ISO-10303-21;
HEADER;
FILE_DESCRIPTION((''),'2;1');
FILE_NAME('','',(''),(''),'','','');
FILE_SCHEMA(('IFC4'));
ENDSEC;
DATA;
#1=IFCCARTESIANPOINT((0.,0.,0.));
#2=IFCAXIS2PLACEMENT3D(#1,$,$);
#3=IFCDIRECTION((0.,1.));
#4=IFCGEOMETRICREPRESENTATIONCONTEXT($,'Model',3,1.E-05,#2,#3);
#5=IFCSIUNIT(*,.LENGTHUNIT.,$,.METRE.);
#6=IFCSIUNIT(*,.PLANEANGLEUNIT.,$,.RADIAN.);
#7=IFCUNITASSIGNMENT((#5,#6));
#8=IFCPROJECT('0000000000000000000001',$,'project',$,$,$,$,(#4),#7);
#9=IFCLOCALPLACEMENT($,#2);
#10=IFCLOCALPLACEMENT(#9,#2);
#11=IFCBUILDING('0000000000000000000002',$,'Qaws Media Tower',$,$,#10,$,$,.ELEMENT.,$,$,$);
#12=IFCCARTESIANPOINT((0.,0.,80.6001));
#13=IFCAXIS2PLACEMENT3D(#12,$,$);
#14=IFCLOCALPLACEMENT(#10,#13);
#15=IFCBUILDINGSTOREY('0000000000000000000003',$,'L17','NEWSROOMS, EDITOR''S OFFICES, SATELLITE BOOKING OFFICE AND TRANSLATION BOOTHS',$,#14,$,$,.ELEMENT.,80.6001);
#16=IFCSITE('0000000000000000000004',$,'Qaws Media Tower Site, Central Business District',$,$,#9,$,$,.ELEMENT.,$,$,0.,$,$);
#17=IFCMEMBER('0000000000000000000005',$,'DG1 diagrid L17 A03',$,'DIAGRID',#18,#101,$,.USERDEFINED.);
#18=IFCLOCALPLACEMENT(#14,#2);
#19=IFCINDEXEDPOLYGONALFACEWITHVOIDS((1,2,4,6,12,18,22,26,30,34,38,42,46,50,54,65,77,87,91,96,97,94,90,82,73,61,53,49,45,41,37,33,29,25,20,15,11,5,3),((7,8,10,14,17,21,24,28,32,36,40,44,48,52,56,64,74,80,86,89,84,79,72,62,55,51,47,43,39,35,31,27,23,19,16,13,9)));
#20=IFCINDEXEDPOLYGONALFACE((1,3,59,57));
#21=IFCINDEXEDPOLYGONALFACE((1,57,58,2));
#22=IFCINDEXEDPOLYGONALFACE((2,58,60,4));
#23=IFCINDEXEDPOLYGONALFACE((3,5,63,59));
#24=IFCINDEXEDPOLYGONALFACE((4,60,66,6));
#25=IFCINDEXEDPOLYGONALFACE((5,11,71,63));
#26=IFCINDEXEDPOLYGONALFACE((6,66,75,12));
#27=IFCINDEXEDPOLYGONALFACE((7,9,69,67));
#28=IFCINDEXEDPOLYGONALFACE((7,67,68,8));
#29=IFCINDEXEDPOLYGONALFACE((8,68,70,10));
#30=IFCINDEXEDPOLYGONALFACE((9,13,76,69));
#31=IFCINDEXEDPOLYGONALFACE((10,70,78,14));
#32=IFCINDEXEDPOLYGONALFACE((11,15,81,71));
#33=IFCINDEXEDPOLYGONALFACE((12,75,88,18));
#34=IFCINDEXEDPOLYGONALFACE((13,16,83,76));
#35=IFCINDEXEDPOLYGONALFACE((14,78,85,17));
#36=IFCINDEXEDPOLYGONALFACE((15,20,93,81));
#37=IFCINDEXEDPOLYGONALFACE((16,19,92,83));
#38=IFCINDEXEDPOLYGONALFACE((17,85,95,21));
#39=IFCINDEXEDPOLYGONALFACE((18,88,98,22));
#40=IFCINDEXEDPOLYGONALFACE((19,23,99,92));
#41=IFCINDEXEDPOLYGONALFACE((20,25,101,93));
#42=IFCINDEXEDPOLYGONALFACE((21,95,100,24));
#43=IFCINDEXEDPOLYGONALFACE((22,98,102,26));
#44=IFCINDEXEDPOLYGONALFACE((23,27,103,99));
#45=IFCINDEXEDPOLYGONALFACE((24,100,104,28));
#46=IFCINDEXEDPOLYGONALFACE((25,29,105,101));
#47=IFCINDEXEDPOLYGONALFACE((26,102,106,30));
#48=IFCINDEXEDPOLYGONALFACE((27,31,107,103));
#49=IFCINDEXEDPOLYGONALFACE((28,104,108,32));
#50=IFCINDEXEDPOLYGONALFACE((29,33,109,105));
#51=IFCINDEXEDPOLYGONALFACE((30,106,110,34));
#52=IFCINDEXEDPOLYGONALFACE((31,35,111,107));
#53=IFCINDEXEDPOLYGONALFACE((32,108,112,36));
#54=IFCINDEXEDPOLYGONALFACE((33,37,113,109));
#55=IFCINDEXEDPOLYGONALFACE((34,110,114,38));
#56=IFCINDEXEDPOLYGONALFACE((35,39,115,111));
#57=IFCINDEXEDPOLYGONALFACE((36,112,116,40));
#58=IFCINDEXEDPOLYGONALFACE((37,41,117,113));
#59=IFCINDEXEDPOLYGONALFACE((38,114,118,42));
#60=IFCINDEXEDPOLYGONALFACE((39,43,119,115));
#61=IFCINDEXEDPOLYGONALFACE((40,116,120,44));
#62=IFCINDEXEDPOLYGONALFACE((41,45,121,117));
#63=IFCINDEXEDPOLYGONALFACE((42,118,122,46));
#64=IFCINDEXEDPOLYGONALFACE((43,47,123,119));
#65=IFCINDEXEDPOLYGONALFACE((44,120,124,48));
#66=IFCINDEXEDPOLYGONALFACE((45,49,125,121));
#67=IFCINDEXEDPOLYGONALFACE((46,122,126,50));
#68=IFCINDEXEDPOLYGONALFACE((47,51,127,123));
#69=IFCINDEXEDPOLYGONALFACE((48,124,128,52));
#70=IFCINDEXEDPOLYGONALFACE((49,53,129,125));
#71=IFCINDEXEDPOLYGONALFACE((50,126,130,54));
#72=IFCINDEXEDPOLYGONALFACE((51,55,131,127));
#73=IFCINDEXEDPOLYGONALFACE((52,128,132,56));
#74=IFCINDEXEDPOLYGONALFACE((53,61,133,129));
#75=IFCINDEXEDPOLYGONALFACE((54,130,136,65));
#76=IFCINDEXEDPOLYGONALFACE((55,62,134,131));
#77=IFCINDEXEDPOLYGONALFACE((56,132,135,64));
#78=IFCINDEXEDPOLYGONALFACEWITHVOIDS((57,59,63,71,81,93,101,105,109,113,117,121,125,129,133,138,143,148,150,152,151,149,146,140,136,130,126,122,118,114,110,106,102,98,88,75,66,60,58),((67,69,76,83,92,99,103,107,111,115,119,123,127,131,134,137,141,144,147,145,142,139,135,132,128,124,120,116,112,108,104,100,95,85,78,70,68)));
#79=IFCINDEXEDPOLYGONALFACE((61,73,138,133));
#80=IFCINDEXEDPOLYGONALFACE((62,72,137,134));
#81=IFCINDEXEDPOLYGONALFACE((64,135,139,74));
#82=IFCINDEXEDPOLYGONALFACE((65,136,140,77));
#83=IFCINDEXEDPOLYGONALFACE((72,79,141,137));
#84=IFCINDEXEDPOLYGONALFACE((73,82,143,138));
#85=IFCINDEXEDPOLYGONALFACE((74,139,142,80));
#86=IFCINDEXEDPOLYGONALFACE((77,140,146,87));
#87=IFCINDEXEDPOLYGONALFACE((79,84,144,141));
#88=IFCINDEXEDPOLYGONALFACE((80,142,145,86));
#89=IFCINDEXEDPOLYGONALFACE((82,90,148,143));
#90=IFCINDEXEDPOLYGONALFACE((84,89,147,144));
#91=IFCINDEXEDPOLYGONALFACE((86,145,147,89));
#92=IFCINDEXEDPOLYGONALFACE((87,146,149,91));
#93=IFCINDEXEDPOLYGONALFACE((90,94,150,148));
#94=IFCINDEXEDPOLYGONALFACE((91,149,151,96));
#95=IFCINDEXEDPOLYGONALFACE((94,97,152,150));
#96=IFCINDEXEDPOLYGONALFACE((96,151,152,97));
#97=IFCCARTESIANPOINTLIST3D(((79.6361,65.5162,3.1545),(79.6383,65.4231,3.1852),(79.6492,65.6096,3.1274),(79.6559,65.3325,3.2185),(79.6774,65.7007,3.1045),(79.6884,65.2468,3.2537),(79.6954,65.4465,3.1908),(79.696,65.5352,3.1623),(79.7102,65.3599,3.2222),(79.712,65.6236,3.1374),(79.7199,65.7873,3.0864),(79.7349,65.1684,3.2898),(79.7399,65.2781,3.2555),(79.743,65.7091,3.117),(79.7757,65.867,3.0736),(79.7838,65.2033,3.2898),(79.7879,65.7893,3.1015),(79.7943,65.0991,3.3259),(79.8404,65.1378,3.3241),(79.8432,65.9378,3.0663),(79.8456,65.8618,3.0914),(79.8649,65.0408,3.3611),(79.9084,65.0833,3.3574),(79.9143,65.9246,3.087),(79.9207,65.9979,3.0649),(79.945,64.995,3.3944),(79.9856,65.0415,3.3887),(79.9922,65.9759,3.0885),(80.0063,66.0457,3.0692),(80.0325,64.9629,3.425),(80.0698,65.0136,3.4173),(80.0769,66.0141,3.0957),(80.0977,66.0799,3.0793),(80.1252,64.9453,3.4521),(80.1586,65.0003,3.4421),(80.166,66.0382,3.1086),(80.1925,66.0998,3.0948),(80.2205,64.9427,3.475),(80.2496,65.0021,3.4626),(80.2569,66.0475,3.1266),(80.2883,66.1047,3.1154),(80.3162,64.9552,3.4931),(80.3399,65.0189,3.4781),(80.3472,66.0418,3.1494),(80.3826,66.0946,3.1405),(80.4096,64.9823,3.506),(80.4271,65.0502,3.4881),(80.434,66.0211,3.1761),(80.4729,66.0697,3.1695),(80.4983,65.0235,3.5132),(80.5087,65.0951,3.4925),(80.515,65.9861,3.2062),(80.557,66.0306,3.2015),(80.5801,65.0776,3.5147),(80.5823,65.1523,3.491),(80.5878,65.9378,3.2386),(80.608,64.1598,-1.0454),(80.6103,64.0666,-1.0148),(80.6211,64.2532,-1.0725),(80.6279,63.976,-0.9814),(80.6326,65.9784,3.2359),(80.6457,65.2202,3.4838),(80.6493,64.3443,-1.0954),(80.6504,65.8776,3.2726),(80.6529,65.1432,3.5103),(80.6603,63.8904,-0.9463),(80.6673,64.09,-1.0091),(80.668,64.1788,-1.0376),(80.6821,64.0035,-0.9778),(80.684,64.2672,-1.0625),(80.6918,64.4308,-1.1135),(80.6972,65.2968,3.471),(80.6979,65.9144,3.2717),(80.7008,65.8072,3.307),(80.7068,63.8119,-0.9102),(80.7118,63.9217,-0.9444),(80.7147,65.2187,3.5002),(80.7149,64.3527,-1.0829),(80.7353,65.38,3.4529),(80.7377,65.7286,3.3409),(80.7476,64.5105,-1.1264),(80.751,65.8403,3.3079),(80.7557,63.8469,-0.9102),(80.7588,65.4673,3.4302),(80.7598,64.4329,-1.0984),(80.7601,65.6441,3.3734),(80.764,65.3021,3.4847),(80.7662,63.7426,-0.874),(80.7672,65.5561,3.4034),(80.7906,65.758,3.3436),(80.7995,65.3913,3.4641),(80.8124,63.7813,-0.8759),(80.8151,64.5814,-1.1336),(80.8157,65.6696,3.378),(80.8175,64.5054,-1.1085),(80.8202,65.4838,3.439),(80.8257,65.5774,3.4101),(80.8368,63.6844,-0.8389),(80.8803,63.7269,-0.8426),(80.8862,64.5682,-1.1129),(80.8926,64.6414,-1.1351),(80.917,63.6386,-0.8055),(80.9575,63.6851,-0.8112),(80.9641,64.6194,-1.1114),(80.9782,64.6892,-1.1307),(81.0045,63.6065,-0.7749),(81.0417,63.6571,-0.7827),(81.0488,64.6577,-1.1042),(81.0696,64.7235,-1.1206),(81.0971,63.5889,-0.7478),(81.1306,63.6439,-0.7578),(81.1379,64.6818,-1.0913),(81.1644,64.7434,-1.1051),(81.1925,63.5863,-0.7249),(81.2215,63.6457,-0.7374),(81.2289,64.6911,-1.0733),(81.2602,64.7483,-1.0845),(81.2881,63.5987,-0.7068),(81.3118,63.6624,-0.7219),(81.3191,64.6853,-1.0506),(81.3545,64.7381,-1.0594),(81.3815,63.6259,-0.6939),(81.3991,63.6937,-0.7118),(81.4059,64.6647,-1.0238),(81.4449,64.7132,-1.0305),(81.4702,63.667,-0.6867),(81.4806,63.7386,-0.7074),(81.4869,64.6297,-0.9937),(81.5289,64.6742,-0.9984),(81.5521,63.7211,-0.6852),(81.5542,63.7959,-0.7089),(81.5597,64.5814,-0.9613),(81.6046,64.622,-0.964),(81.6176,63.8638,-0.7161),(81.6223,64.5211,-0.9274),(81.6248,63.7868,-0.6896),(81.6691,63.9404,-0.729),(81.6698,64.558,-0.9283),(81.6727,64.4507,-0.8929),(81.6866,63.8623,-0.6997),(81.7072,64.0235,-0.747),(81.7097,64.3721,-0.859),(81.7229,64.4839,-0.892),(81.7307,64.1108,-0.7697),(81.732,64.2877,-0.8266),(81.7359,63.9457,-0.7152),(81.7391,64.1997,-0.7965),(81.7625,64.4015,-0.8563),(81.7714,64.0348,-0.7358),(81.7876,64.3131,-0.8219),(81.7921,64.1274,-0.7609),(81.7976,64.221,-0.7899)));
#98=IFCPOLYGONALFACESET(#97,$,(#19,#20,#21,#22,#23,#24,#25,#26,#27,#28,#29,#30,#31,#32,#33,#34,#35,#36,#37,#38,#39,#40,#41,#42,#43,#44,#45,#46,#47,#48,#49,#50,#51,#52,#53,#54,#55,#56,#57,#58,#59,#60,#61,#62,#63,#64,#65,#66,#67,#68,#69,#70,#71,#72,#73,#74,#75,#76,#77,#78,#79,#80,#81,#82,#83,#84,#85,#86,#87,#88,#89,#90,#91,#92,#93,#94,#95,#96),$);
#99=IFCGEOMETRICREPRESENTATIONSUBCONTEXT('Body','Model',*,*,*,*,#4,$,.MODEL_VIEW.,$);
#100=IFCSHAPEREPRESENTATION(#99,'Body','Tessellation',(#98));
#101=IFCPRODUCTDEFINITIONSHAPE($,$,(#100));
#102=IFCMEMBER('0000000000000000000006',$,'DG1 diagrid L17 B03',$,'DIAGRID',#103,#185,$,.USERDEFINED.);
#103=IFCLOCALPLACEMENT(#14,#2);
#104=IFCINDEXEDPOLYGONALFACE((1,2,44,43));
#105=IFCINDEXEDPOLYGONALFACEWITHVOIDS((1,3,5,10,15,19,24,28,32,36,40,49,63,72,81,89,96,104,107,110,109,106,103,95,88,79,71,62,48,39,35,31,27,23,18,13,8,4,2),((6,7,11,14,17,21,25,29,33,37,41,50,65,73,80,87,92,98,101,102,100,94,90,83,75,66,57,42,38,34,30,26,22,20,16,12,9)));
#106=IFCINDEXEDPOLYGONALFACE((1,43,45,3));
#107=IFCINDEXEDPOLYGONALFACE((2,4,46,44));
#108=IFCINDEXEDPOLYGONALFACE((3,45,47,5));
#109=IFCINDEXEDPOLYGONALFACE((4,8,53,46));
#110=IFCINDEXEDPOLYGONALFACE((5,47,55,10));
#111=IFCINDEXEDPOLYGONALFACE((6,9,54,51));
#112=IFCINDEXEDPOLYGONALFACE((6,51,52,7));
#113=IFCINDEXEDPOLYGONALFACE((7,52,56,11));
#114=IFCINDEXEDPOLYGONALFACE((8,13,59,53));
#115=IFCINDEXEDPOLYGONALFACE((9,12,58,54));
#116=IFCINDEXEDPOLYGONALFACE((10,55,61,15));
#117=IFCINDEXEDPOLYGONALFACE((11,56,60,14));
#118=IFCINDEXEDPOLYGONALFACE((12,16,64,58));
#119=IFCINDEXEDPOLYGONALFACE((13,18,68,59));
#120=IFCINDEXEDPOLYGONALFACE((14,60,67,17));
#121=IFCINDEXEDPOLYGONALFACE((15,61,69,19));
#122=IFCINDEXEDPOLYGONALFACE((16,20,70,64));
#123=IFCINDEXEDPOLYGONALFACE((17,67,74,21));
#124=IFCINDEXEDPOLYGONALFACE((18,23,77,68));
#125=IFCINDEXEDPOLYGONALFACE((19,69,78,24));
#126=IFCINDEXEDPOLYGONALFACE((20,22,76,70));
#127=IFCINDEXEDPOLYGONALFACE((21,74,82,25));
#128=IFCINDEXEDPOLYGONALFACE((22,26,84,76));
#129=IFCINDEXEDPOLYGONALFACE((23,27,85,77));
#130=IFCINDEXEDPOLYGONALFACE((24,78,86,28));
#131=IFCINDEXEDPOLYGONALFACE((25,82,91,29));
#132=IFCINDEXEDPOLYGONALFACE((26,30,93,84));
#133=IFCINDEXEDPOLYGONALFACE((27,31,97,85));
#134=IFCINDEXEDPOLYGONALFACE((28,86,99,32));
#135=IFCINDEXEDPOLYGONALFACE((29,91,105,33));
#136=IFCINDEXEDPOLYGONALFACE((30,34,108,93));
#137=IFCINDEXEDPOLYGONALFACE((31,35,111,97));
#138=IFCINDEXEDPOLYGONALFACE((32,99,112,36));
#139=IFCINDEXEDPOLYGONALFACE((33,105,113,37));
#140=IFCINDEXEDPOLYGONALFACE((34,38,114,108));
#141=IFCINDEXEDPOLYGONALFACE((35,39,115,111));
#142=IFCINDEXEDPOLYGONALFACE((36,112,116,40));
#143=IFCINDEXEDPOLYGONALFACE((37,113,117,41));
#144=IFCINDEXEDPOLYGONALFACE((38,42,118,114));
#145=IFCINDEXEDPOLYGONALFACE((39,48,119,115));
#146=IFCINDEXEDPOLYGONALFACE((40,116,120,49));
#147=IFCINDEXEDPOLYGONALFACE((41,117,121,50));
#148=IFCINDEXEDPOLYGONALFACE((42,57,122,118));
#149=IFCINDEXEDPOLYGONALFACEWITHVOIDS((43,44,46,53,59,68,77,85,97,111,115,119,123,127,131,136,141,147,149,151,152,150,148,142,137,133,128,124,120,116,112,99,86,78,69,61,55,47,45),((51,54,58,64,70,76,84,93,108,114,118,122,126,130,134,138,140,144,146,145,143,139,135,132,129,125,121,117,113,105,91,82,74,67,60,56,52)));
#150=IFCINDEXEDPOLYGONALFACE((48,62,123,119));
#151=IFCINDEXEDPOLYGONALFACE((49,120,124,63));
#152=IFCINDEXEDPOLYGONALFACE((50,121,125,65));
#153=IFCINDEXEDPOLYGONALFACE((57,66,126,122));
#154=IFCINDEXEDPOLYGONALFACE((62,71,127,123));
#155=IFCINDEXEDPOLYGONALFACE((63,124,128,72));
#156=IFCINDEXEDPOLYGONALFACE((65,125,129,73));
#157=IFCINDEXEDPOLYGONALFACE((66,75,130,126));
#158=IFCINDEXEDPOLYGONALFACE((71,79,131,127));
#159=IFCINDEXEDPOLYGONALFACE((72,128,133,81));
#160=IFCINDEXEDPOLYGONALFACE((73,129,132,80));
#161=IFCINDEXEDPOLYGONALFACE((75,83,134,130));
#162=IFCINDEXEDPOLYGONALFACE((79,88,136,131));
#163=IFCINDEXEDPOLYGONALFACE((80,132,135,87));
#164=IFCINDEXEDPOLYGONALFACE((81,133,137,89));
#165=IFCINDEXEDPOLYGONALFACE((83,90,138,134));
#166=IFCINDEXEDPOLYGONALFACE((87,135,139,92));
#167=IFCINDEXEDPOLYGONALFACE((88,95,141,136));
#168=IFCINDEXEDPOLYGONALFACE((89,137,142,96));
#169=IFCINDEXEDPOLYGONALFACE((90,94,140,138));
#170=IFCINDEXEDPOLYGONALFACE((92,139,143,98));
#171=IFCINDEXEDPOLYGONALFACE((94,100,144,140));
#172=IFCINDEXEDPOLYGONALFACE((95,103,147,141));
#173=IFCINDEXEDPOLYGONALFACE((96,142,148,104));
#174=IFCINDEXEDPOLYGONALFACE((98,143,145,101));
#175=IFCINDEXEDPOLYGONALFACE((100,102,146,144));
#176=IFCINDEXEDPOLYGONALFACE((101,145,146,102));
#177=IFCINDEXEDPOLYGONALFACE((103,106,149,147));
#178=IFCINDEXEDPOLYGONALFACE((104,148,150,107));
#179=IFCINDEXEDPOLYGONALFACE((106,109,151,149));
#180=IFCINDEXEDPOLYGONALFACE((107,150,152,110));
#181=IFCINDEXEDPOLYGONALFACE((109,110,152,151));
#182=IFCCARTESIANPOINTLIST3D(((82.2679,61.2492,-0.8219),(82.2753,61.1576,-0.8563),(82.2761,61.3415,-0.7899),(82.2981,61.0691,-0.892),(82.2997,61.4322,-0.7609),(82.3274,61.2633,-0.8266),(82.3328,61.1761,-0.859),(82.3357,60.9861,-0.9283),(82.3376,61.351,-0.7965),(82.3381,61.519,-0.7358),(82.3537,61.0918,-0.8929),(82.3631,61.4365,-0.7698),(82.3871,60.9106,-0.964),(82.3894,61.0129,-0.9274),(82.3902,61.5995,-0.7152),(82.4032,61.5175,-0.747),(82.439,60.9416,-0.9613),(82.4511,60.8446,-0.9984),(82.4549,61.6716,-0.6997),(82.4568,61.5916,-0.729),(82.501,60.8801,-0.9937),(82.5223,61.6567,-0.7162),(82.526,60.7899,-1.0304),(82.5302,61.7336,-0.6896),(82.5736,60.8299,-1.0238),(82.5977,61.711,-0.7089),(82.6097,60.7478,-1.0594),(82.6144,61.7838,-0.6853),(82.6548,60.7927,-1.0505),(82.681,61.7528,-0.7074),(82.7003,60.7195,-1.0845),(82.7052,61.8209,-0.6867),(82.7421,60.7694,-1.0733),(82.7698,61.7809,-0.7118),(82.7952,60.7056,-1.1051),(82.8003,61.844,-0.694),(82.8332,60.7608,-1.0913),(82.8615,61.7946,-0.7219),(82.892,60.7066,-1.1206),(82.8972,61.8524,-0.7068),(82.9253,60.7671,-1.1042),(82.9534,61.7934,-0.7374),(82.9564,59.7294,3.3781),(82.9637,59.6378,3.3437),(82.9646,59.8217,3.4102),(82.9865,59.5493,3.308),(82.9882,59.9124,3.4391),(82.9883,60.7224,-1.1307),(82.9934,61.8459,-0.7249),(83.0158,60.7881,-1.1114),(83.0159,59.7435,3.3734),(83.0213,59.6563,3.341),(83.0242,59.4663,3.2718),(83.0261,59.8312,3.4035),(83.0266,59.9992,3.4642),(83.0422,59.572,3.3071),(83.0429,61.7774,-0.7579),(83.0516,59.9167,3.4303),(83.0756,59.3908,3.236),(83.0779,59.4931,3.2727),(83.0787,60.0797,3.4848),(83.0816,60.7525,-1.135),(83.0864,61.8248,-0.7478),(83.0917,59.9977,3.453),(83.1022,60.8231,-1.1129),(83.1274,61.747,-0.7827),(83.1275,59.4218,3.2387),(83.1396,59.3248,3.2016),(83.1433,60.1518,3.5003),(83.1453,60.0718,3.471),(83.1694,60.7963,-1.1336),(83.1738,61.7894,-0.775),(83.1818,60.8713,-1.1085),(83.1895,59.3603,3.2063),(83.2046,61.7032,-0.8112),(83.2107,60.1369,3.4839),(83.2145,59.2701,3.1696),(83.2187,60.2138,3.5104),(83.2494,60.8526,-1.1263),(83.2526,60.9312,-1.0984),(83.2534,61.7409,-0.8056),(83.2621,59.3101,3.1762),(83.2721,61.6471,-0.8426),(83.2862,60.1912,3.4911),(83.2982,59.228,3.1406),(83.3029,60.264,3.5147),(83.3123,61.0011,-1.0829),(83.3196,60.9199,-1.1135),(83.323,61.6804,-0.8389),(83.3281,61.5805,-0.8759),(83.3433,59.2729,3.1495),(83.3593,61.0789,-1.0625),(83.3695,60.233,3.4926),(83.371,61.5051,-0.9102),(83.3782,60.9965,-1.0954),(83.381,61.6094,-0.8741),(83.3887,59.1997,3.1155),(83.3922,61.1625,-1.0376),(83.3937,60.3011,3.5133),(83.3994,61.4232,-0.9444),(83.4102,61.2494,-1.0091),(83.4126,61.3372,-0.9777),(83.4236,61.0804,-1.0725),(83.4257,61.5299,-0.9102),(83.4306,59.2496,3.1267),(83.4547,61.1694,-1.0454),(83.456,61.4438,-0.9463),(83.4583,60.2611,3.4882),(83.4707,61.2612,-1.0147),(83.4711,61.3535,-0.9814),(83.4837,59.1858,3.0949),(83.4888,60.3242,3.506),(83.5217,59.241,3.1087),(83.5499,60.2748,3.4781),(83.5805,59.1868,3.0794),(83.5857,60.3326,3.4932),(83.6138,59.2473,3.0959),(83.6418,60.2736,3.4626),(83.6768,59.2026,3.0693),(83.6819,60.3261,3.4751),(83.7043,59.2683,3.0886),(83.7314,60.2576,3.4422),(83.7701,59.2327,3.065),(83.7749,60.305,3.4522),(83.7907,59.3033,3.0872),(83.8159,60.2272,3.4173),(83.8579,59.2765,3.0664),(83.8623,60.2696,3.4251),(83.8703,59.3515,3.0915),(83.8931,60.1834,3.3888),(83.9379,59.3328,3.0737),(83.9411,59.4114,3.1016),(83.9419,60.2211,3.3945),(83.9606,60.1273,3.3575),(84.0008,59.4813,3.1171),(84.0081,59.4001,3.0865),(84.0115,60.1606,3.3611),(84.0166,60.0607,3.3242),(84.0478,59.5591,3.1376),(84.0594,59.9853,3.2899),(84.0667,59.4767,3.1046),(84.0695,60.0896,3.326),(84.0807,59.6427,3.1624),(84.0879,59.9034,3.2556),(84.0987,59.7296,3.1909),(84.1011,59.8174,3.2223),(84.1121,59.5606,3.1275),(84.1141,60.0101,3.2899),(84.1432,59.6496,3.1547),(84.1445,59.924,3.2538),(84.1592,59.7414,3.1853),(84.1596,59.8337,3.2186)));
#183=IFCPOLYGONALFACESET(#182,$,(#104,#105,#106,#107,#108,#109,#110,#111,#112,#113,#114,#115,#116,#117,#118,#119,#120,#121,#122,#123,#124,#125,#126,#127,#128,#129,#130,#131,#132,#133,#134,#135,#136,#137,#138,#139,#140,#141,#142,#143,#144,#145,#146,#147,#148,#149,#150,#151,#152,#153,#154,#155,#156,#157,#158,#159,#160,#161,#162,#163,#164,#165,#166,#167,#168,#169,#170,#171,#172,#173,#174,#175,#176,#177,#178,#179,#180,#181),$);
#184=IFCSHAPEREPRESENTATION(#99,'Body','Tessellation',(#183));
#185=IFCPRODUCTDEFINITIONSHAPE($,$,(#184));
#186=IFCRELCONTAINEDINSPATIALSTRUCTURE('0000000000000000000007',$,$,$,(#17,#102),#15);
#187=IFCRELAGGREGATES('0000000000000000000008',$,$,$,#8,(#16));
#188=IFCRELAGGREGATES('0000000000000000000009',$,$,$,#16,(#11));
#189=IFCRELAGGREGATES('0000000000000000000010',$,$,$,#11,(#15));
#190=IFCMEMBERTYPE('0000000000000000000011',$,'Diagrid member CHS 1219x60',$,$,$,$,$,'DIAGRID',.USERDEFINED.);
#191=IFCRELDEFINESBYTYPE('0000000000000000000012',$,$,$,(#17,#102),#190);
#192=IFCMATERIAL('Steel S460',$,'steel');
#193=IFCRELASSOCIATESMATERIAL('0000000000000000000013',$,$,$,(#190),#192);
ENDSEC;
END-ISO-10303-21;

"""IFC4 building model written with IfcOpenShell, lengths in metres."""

from ifc_helpers import new_model, si_unit, direction, frame, origin, origin_2d, place, context, subcontext, project, spatial, hollow_circle, extrude, material, material_profile, profile_set, type_object, element, save


model = new_model("IFC4")

# Units and contexts
model_context = context("Model", 3, precision=1e-05, world=origin(), true_north=direction((0.0, 1.0)))
body_context = subcontext(model_context, "Body", "Model", "MODEL_VIEW")
ifc_project = project(units=[si_unit("LENGTHUNIT", "METRE"), si_unit("PLANEANGLEUNIT", "RADIAN")], contexts=[model_context])

# Site, building, storey
site_placement = place(None, origin())
site = spatial("IfcSite", under=ifc_project, at=site_placement, Name="Qaws Media Tower Site, Central Business District", CompositionType="ELEMENT", RefElevation=0.0)
building_placement = place(site_placement, origin())
building = spatial("IfcBuilding", under=site, at=building_placement, Name="Qaws Media Tower", CompositionType="ELEMENT")
storey_placement = place(building_placement, frame((0.0, 0.0, 80.6001)))
storey = spatial("IfcBuildingStorey", under=building, at=storey_placement, Name="L17", Description="NEWSROOMS, EDITOR'S OFFICES, SATELLITE BOOKING OFFICE AND TRANSLATION BOOTHS", CompositionType="ELEMENT", Elevation=80.6001)

# Members
ifc_material_1 = material(Name="Steel S460", Category="steel")
ifc_material_profile_1 = material_profile(ifc_material_1, hollow_circle(Radius=0.6096, WallThickness=0.0601, at=origin_2d()), Name="CHS 1219x60")
ifc_profile_set_1 = profile_set([ifc_material_profile_1], Name="Steel S460")
member_type_1 = type_object("IfcMemberType", Name="Diagrid member CHS 1219x60", ElementType="DIAGRID", PredefinedType="USERDEFINED", material=ifc_profile_set_1)
for number, where, z_axis, x_axis, name in (
    (1, (81.2024, 64.167, -0.9102), (-0.21506, 0.300144, 0.929334), (-0.812873, -0.582442, 0.0), "DG1 diagrid L17 A03"),
    (2, (82.8704, 61.2783, -0.9102), (0.152344, -0.336292, 0.929354), (0.910892, 0.412645, 0.0), "DG1 diagrid L17 B03"),
):
    element("IfcMember", number, at=place(storey_placement, frame(where, z_axis=z_axis, x_axis=x_axis)), inside=storey, type_object=member_type_1, Name=name, ObjectType="DIAGRID", PredefinedType="USERDEFINED", context=body_context, shape_type="SweptSolid", body=[
        extrude(hollow_circle(Radius=0.6096, WallThickness=0.0601, at=origin_2d()), origin(), (0.0, 0.0, 1.0), 4.5193),
    ])

save(model, "model.ifc")
